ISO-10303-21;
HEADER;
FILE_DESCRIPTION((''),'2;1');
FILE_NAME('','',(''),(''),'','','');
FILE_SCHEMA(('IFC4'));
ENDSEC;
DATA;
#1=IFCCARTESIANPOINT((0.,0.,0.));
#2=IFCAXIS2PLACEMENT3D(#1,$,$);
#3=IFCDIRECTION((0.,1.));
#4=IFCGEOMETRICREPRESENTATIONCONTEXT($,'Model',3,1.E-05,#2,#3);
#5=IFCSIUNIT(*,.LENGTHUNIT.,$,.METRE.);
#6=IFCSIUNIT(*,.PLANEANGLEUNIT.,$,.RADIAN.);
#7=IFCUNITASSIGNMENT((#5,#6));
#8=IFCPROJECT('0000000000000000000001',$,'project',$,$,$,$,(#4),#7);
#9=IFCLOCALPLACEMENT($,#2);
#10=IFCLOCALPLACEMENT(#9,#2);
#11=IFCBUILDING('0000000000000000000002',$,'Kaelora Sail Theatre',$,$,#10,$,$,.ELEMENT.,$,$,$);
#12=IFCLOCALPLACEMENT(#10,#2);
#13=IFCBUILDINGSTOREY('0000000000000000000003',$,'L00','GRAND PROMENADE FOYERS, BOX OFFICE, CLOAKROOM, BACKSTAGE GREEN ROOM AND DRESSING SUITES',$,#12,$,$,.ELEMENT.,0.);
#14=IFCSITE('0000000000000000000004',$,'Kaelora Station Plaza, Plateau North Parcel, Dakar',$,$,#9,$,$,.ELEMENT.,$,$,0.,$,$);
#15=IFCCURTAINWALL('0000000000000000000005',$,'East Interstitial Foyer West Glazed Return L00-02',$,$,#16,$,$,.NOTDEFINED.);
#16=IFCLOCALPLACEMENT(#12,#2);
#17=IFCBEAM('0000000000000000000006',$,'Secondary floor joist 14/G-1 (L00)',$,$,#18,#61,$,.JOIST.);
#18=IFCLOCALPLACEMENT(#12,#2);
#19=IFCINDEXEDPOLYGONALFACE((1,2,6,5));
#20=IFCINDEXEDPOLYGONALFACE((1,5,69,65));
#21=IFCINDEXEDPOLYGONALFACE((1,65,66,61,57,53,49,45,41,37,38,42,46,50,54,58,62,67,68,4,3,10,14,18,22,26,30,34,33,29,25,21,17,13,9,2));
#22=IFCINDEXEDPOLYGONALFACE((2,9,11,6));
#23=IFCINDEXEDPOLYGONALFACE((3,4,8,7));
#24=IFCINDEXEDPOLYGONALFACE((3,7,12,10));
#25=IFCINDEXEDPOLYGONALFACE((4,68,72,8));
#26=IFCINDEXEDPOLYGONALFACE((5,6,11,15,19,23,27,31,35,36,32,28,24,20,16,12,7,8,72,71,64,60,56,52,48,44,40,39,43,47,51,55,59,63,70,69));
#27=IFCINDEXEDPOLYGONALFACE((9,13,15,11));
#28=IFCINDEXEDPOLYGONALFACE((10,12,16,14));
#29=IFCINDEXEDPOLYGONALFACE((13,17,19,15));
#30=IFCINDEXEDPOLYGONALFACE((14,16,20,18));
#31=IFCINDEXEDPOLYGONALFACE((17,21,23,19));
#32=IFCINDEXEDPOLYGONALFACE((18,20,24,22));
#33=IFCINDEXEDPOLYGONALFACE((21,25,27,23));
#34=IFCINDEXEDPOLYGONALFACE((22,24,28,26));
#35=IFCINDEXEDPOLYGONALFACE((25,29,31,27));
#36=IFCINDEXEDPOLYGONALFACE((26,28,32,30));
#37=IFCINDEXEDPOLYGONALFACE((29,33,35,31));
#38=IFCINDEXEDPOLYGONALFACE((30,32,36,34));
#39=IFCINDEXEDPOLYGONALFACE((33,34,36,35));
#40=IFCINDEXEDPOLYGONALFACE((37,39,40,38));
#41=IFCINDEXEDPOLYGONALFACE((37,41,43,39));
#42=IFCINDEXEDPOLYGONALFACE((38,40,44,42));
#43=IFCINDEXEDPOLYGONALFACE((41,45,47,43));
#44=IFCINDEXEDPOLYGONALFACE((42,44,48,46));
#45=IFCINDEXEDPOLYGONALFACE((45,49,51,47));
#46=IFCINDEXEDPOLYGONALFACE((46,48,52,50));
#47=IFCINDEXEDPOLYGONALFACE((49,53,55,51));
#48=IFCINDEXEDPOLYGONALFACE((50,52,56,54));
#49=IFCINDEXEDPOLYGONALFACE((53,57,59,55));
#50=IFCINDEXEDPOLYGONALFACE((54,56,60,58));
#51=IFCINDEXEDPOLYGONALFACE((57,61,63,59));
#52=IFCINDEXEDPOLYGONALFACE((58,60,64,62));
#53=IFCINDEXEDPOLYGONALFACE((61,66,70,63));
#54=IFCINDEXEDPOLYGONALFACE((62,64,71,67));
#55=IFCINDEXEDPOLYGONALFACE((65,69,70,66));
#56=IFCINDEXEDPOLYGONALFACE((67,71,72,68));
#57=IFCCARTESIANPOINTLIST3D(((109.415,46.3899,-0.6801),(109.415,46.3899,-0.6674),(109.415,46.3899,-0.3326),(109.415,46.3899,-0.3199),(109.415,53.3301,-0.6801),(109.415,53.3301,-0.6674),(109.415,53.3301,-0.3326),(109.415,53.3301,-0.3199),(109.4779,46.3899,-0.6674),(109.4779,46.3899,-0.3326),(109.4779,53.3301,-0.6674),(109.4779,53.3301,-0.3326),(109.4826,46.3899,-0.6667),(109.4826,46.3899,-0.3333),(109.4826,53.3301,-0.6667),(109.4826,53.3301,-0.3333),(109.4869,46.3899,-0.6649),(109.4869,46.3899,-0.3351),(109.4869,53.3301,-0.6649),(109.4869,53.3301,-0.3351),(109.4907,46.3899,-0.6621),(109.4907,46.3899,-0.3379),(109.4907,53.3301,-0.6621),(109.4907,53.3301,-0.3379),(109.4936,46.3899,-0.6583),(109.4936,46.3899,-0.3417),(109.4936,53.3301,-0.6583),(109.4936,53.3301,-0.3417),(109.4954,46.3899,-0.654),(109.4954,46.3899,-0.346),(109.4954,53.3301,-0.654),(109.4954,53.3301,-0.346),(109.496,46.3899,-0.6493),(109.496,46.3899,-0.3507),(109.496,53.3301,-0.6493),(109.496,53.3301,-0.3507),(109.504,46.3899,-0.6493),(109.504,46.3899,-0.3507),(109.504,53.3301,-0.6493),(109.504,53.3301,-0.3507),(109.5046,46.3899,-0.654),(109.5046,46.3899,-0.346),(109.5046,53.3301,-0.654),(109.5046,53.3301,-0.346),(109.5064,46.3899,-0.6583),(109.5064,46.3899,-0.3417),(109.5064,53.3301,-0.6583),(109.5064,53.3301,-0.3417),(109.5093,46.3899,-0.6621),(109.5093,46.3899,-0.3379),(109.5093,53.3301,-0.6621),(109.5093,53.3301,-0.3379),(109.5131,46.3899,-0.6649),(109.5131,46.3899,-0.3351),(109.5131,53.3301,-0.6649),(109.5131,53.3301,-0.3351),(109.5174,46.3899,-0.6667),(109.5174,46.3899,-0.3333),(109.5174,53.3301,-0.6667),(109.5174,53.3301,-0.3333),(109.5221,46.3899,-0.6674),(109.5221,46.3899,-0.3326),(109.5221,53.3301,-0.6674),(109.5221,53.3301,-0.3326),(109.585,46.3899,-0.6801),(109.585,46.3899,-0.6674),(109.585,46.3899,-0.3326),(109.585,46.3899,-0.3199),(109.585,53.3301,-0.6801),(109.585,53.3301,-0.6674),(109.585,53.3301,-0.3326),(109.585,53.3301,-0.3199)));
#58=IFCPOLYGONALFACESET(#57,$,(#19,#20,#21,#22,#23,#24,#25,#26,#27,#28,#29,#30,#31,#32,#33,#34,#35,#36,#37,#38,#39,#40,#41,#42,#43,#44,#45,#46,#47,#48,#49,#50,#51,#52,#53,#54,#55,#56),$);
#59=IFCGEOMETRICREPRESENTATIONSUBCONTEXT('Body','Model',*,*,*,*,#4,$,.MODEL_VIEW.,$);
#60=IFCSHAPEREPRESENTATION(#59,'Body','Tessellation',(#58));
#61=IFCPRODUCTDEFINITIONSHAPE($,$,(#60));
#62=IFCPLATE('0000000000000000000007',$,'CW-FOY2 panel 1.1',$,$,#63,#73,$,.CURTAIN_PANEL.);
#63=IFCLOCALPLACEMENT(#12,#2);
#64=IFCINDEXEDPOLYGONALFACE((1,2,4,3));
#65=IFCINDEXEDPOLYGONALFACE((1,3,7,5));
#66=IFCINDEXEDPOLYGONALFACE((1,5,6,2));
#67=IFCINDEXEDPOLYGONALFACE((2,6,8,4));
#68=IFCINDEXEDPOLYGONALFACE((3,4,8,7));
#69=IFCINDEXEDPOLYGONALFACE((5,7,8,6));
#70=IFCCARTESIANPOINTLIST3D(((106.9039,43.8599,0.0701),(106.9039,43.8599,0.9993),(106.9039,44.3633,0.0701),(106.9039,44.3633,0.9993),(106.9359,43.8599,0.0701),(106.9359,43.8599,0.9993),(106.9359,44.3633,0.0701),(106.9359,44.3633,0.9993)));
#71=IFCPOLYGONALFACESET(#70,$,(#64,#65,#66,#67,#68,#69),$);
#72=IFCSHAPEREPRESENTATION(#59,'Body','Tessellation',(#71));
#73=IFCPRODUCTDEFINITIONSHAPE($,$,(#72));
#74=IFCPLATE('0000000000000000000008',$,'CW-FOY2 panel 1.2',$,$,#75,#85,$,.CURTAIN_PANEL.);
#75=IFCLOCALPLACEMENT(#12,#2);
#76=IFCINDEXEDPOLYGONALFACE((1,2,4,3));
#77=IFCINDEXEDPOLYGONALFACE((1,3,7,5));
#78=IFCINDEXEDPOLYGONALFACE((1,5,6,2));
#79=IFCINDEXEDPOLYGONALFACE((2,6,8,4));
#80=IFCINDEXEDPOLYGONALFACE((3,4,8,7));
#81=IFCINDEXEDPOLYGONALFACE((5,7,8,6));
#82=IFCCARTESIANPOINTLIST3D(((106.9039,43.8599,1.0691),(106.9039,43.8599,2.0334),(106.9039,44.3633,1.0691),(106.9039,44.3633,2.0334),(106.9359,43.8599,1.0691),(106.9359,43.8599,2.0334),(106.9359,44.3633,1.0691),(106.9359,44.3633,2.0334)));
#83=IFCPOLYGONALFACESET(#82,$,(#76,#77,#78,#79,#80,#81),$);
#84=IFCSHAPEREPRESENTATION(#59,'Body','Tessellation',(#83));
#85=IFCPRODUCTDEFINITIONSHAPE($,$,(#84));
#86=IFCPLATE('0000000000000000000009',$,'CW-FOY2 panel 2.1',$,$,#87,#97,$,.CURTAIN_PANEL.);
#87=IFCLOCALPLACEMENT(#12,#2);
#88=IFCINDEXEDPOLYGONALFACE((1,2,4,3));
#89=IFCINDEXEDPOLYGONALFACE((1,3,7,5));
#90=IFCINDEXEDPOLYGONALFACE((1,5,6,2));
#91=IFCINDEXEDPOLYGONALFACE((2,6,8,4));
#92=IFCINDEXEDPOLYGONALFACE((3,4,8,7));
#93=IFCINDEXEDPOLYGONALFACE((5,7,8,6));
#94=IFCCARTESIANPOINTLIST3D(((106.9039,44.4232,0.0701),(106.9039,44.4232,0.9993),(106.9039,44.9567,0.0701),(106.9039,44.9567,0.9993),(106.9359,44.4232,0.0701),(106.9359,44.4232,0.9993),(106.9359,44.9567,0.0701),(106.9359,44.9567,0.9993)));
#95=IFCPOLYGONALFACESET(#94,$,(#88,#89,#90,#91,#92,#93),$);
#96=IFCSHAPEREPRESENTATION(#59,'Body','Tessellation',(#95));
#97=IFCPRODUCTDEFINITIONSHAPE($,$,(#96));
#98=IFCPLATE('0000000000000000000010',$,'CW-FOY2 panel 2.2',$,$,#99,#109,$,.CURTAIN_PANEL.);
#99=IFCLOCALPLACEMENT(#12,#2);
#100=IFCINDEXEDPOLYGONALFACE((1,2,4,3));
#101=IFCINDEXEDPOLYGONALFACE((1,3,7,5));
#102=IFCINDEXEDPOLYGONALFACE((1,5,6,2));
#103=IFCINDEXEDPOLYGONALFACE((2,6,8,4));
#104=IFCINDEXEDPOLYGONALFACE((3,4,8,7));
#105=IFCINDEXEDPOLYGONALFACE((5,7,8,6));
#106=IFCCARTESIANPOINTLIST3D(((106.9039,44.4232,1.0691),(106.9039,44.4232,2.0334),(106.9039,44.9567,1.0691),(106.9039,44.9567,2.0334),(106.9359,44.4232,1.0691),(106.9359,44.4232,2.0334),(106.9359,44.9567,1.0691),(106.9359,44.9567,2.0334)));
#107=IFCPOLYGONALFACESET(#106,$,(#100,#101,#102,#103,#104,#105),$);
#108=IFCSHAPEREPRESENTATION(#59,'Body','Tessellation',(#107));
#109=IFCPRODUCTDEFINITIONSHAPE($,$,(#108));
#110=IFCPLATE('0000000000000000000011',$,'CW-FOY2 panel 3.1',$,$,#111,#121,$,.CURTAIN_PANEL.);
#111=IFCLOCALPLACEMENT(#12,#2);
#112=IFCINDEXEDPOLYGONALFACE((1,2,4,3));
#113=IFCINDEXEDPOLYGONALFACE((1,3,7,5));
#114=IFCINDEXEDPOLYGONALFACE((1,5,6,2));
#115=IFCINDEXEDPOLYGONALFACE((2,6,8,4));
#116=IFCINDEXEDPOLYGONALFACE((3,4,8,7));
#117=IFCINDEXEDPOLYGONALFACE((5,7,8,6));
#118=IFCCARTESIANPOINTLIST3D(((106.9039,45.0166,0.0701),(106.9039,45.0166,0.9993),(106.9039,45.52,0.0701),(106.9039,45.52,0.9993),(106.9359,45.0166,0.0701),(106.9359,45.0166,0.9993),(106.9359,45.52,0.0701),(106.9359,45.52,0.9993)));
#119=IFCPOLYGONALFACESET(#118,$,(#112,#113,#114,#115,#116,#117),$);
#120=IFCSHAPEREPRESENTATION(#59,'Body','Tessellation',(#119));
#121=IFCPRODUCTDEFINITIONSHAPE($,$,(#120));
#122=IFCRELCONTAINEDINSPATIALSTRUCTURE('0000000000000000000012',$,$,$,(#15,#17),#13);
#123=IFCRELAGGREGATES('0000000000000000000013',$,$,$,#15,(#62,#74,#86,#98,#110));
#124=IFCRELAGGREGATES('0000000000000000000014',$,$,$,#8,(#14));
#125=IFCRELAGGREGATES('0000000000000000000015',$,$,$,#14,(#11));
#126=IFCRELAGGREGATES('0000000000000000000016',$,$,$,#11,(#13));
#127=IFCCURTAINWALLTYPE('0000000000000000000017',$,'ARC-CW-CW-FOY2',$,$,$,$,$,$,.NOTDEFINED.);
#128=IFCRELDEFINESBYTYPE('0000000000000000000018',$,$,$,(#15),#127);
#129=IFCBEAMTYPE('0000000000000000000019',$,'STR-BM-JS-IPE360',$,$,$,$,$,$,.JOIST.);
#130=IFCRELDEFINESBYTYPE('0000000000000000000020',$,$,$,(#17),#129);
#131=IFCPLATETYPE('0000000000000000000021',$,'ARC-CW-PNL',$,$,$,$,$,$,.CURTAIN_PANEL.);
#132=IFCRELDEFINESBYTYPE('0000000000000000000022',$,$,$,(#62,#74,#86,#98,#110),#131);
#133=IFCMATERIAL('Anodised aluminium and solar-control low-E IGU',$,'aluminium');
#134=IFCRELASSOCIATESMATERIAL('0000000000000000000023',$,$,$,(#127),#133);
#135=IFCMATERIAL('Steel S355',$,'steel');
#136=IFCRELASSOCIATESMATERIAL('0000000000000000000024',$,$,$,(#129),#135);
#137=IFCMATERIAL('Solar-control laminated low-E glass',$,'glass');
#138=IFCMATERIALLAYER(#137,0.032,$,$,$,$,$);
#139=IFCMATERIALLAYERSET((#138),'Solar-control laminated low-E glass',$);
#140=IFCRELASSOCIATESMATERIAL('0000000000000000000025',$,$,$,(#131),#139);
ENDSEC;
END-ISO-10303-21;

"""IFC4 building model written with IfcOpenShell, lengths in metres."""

from ifc_helpers import new_model, si_unit, direction, frame, origin, origin_2d, place, context, subcontext, project, spatial, rectangle, i_section, extrude, material, layer, layer_set, material_profile, profile_set, type_object, element, aggregate, save


model = new_model("IFC4")

# Units and contexts
model_context = context("Model", 3, precision=1e-05, world=origin(), true_north=direction((0.0, 1.0)))
body_context = subcontext(model_context, "Body", "Model", "MODEL_VIEW")
ifc_project = project(units=[si_unit("LENGTHUNIT", "METRE"), si_unit("PLANEANGLEUNIT", "RADIAN")], contexts=[model_context])

# Site, building, storey
site_placement = place(None, origin())
site = spatial("IfcSite", under=ifc_project, at=site_placement, Name="Kaelora Station Plaza, Plateau North Parcel, Dakar", CompositionType="ELEMENT", RefElevation=0.0)
building_placement = place(site_placement, origin())
building = spatial("IfcBuilding", under=site, at=building_placement, Name="Kaelora Sail Theatre", CompositionType="ELEMENT")
storey_placement = place(building_placement, origin())
storey = spatial("IfcBuildingStorey", under=building, at=storey_placement, Name="L00", Description="GRAND PROMENADE FOYERS, BOX OFFICE, CLOAKROOM, BACKSTAGE GREEN ROOM AND DRESSING SUITES", CompositionType="ELEMENT", Elevation=0.0)

# Shared definitions
ifc_material_1 = material(Name="Anodised aluminium and solar-control low-E IGU", Category="aluminium")
curtain_wall_type = type_object("IfcCurtainWallType", Name="ARC-CW-CW-FOY2", PredefinedType="NOTDEFINED", material=ifc_material_1)

# Curtain wall
curtain_wall_1_placement = place(storey_placement, origin())
curtain_wall_1 = element("IfcCurtainWall", 1, at=curtain_wall_1_placement, inside=storey, type_object=curtain_wall_type, Name="East Interstitial Foyer West Glazed Return L00-02", PredefinedType="NOTDEFINED")

# Beam
ifc_material_2 = material(Name="Steel S355", Category="steel")
ifc_material_profile_1 = material_profile(ifc_material_2, i_section(OverallWidth=0.1699, OverallDepth=0.3601, WebThickness=0.0081, FlangeThickness=0.0127, FilletRadius=0.0181, at=origin_2d()), Name="IPE 360")
ifc_profile_set_1 = profile_set([ifc_material_profile_1], Name="Steel S355")
beam_type_1 = type_object("IfcBeamType", Name="STR-BM-JS-IPE360", PredefinedType="JOIST", material=ifc_profile_set_1)
beam_1_placement = place(storey_placement, frame((109.5, 46.3899, -0.5), z_axis=(0.0, 1.0, 0.0), x_axis=(-1.0, 0.0, 0.0)))
element("IfcBeam", 2, at=beam_1_placement, inside=storey, type_object=beam_type_1, Name="Secondary floor joist 14/G-1 (L00)", PredefinedType="JOIST", context=body_context, shape_type="SweptSolid", body=[
    extrude(i_section(OverallWidth=0.1699, OverallDepth=0.3601, WebThickness=0.0081, FlangeThickness=0.0127, FilletRadius=0.0181, at=origin_2d()), origin(), (0.0, 0.0, 1.0), 6.9402),
])

# Plates
ifc_material_3 = material(Name="Solar-control laminated low-E glass", Category="glass")
ifc_layer = layer(ifc_material_3, 0.032)
ifc_layer_set = layer_set([ifc_layer], Name="Solar-control laminated low-E glass")
plate_type = type_object("IfcPlateType", Name="ARC-CW-PNL", PredefinedType="CURTAIN_PANEL", material=ifc_layer_set)
plate_1_placement = place(storey_placement, frame((106.9199, 44.1116, 0.0701), z_axis=(0.0, 0.0, 1.0), x_axis=(0.0, 1.0, 0.0)))
plate_1 = element("IfcPlate", 3, at=plate_1_placement, type_object=plate_type, Name="CW-FOY2 panel 1.1", PredefinedType="CURTAIN_PANEL", context=body_context, shape_type="SweptSolid", body=[
    extrude(rectangle(XDim=0.5034, YDim=0.032, at=origin_2d()), origin(), (0.0, 0.0, 1.0), 0.9292),
])
plate_2_placement = place(storey_placement, frame((106.9199, 44.1116, 1.0691), z_axis=(0.0, 0.0, 1.0), x_axis=(0.0, 1.0, 0.0)))
plate_2 = element("IfcPlate", 4, at=plate_2_placement, type_object=plate_type, Name="CW-FOY2 panel 1.2", PredefinedType="CURTAIN_PANEL", context=body_context, shape_type="SweptSolid", body=[
    extrude(rectangle(XDim=0.5034, YDim=0.032, at=origin_2d()), origin(), (0.0, 0.0, 1.0), 0.9644),
])
plate_3_placement = place(storey_placement, frame((106.9199, 44.6899, 0.0701), z_axis=(0.0, 0.0, 1.0), x_axis=(0.0, 1.0, 0.0)))
plate_3 = element("IfcPlate", 5, at=plate_3_placement, type_object=plate_type, Name="CW-FOY2 panel 2.1", PredefinedType="CURTAIN_PANEL", context=body_context, shape_type="SweptSolid", body=[
    extrude(rectangle(XDim=0.5334, YDim=0.032, at=origin_2d()), origin(), (0.0, 0.0, 1.0), 0.9292),
])
plate_4_placement = place(storey_placement, frame((106.9199, 44.6899, 1.0691), z_axis=(0.0, 0.0, 1.0), x_axis=(0.0, 1.0, 0.0)))
plate_4 = element("IfcPlate", 6, at=plate_4_placement, type_object=plate_type, Name="CW-FOY2 panel 2.2", PredefinedType="CURTAIN_PANEL", context=body_context, shape_type="SweptSolid", body=[
    extrude(rectangle(XDim=0.5334, YDim=0.032, at=origin_2d()), origin(), (0.0, 0.0, 1.0), 0.9644),
])
plate_5_placement = place(storey_placement, frame((106.9199, 45.2683, 0.0701), z_axis=(0.0, 0.0, 1.0), x_axis=(0.0, 1.0, 0.0)))
plate_5 = element("IfcPlate", 7, at=plate_5_placement, type_object=plate_type, Name="CW-FOY2 panel 3.1", PredefinedType="CURTAIN_PANEL", context=body_context, shape_type="SweptSolid", body=[
    extrude(rectangle(XDim=0.5034, YDim=0.032, at=origin_2d()), origin(), (0.0, 0.0, 1.0), 0.9292),
])
aggregate(curtain_wall_1, [plate_1, plate_2, plate_3, plate_4, plate_5])

save(model, "model.ifc")
